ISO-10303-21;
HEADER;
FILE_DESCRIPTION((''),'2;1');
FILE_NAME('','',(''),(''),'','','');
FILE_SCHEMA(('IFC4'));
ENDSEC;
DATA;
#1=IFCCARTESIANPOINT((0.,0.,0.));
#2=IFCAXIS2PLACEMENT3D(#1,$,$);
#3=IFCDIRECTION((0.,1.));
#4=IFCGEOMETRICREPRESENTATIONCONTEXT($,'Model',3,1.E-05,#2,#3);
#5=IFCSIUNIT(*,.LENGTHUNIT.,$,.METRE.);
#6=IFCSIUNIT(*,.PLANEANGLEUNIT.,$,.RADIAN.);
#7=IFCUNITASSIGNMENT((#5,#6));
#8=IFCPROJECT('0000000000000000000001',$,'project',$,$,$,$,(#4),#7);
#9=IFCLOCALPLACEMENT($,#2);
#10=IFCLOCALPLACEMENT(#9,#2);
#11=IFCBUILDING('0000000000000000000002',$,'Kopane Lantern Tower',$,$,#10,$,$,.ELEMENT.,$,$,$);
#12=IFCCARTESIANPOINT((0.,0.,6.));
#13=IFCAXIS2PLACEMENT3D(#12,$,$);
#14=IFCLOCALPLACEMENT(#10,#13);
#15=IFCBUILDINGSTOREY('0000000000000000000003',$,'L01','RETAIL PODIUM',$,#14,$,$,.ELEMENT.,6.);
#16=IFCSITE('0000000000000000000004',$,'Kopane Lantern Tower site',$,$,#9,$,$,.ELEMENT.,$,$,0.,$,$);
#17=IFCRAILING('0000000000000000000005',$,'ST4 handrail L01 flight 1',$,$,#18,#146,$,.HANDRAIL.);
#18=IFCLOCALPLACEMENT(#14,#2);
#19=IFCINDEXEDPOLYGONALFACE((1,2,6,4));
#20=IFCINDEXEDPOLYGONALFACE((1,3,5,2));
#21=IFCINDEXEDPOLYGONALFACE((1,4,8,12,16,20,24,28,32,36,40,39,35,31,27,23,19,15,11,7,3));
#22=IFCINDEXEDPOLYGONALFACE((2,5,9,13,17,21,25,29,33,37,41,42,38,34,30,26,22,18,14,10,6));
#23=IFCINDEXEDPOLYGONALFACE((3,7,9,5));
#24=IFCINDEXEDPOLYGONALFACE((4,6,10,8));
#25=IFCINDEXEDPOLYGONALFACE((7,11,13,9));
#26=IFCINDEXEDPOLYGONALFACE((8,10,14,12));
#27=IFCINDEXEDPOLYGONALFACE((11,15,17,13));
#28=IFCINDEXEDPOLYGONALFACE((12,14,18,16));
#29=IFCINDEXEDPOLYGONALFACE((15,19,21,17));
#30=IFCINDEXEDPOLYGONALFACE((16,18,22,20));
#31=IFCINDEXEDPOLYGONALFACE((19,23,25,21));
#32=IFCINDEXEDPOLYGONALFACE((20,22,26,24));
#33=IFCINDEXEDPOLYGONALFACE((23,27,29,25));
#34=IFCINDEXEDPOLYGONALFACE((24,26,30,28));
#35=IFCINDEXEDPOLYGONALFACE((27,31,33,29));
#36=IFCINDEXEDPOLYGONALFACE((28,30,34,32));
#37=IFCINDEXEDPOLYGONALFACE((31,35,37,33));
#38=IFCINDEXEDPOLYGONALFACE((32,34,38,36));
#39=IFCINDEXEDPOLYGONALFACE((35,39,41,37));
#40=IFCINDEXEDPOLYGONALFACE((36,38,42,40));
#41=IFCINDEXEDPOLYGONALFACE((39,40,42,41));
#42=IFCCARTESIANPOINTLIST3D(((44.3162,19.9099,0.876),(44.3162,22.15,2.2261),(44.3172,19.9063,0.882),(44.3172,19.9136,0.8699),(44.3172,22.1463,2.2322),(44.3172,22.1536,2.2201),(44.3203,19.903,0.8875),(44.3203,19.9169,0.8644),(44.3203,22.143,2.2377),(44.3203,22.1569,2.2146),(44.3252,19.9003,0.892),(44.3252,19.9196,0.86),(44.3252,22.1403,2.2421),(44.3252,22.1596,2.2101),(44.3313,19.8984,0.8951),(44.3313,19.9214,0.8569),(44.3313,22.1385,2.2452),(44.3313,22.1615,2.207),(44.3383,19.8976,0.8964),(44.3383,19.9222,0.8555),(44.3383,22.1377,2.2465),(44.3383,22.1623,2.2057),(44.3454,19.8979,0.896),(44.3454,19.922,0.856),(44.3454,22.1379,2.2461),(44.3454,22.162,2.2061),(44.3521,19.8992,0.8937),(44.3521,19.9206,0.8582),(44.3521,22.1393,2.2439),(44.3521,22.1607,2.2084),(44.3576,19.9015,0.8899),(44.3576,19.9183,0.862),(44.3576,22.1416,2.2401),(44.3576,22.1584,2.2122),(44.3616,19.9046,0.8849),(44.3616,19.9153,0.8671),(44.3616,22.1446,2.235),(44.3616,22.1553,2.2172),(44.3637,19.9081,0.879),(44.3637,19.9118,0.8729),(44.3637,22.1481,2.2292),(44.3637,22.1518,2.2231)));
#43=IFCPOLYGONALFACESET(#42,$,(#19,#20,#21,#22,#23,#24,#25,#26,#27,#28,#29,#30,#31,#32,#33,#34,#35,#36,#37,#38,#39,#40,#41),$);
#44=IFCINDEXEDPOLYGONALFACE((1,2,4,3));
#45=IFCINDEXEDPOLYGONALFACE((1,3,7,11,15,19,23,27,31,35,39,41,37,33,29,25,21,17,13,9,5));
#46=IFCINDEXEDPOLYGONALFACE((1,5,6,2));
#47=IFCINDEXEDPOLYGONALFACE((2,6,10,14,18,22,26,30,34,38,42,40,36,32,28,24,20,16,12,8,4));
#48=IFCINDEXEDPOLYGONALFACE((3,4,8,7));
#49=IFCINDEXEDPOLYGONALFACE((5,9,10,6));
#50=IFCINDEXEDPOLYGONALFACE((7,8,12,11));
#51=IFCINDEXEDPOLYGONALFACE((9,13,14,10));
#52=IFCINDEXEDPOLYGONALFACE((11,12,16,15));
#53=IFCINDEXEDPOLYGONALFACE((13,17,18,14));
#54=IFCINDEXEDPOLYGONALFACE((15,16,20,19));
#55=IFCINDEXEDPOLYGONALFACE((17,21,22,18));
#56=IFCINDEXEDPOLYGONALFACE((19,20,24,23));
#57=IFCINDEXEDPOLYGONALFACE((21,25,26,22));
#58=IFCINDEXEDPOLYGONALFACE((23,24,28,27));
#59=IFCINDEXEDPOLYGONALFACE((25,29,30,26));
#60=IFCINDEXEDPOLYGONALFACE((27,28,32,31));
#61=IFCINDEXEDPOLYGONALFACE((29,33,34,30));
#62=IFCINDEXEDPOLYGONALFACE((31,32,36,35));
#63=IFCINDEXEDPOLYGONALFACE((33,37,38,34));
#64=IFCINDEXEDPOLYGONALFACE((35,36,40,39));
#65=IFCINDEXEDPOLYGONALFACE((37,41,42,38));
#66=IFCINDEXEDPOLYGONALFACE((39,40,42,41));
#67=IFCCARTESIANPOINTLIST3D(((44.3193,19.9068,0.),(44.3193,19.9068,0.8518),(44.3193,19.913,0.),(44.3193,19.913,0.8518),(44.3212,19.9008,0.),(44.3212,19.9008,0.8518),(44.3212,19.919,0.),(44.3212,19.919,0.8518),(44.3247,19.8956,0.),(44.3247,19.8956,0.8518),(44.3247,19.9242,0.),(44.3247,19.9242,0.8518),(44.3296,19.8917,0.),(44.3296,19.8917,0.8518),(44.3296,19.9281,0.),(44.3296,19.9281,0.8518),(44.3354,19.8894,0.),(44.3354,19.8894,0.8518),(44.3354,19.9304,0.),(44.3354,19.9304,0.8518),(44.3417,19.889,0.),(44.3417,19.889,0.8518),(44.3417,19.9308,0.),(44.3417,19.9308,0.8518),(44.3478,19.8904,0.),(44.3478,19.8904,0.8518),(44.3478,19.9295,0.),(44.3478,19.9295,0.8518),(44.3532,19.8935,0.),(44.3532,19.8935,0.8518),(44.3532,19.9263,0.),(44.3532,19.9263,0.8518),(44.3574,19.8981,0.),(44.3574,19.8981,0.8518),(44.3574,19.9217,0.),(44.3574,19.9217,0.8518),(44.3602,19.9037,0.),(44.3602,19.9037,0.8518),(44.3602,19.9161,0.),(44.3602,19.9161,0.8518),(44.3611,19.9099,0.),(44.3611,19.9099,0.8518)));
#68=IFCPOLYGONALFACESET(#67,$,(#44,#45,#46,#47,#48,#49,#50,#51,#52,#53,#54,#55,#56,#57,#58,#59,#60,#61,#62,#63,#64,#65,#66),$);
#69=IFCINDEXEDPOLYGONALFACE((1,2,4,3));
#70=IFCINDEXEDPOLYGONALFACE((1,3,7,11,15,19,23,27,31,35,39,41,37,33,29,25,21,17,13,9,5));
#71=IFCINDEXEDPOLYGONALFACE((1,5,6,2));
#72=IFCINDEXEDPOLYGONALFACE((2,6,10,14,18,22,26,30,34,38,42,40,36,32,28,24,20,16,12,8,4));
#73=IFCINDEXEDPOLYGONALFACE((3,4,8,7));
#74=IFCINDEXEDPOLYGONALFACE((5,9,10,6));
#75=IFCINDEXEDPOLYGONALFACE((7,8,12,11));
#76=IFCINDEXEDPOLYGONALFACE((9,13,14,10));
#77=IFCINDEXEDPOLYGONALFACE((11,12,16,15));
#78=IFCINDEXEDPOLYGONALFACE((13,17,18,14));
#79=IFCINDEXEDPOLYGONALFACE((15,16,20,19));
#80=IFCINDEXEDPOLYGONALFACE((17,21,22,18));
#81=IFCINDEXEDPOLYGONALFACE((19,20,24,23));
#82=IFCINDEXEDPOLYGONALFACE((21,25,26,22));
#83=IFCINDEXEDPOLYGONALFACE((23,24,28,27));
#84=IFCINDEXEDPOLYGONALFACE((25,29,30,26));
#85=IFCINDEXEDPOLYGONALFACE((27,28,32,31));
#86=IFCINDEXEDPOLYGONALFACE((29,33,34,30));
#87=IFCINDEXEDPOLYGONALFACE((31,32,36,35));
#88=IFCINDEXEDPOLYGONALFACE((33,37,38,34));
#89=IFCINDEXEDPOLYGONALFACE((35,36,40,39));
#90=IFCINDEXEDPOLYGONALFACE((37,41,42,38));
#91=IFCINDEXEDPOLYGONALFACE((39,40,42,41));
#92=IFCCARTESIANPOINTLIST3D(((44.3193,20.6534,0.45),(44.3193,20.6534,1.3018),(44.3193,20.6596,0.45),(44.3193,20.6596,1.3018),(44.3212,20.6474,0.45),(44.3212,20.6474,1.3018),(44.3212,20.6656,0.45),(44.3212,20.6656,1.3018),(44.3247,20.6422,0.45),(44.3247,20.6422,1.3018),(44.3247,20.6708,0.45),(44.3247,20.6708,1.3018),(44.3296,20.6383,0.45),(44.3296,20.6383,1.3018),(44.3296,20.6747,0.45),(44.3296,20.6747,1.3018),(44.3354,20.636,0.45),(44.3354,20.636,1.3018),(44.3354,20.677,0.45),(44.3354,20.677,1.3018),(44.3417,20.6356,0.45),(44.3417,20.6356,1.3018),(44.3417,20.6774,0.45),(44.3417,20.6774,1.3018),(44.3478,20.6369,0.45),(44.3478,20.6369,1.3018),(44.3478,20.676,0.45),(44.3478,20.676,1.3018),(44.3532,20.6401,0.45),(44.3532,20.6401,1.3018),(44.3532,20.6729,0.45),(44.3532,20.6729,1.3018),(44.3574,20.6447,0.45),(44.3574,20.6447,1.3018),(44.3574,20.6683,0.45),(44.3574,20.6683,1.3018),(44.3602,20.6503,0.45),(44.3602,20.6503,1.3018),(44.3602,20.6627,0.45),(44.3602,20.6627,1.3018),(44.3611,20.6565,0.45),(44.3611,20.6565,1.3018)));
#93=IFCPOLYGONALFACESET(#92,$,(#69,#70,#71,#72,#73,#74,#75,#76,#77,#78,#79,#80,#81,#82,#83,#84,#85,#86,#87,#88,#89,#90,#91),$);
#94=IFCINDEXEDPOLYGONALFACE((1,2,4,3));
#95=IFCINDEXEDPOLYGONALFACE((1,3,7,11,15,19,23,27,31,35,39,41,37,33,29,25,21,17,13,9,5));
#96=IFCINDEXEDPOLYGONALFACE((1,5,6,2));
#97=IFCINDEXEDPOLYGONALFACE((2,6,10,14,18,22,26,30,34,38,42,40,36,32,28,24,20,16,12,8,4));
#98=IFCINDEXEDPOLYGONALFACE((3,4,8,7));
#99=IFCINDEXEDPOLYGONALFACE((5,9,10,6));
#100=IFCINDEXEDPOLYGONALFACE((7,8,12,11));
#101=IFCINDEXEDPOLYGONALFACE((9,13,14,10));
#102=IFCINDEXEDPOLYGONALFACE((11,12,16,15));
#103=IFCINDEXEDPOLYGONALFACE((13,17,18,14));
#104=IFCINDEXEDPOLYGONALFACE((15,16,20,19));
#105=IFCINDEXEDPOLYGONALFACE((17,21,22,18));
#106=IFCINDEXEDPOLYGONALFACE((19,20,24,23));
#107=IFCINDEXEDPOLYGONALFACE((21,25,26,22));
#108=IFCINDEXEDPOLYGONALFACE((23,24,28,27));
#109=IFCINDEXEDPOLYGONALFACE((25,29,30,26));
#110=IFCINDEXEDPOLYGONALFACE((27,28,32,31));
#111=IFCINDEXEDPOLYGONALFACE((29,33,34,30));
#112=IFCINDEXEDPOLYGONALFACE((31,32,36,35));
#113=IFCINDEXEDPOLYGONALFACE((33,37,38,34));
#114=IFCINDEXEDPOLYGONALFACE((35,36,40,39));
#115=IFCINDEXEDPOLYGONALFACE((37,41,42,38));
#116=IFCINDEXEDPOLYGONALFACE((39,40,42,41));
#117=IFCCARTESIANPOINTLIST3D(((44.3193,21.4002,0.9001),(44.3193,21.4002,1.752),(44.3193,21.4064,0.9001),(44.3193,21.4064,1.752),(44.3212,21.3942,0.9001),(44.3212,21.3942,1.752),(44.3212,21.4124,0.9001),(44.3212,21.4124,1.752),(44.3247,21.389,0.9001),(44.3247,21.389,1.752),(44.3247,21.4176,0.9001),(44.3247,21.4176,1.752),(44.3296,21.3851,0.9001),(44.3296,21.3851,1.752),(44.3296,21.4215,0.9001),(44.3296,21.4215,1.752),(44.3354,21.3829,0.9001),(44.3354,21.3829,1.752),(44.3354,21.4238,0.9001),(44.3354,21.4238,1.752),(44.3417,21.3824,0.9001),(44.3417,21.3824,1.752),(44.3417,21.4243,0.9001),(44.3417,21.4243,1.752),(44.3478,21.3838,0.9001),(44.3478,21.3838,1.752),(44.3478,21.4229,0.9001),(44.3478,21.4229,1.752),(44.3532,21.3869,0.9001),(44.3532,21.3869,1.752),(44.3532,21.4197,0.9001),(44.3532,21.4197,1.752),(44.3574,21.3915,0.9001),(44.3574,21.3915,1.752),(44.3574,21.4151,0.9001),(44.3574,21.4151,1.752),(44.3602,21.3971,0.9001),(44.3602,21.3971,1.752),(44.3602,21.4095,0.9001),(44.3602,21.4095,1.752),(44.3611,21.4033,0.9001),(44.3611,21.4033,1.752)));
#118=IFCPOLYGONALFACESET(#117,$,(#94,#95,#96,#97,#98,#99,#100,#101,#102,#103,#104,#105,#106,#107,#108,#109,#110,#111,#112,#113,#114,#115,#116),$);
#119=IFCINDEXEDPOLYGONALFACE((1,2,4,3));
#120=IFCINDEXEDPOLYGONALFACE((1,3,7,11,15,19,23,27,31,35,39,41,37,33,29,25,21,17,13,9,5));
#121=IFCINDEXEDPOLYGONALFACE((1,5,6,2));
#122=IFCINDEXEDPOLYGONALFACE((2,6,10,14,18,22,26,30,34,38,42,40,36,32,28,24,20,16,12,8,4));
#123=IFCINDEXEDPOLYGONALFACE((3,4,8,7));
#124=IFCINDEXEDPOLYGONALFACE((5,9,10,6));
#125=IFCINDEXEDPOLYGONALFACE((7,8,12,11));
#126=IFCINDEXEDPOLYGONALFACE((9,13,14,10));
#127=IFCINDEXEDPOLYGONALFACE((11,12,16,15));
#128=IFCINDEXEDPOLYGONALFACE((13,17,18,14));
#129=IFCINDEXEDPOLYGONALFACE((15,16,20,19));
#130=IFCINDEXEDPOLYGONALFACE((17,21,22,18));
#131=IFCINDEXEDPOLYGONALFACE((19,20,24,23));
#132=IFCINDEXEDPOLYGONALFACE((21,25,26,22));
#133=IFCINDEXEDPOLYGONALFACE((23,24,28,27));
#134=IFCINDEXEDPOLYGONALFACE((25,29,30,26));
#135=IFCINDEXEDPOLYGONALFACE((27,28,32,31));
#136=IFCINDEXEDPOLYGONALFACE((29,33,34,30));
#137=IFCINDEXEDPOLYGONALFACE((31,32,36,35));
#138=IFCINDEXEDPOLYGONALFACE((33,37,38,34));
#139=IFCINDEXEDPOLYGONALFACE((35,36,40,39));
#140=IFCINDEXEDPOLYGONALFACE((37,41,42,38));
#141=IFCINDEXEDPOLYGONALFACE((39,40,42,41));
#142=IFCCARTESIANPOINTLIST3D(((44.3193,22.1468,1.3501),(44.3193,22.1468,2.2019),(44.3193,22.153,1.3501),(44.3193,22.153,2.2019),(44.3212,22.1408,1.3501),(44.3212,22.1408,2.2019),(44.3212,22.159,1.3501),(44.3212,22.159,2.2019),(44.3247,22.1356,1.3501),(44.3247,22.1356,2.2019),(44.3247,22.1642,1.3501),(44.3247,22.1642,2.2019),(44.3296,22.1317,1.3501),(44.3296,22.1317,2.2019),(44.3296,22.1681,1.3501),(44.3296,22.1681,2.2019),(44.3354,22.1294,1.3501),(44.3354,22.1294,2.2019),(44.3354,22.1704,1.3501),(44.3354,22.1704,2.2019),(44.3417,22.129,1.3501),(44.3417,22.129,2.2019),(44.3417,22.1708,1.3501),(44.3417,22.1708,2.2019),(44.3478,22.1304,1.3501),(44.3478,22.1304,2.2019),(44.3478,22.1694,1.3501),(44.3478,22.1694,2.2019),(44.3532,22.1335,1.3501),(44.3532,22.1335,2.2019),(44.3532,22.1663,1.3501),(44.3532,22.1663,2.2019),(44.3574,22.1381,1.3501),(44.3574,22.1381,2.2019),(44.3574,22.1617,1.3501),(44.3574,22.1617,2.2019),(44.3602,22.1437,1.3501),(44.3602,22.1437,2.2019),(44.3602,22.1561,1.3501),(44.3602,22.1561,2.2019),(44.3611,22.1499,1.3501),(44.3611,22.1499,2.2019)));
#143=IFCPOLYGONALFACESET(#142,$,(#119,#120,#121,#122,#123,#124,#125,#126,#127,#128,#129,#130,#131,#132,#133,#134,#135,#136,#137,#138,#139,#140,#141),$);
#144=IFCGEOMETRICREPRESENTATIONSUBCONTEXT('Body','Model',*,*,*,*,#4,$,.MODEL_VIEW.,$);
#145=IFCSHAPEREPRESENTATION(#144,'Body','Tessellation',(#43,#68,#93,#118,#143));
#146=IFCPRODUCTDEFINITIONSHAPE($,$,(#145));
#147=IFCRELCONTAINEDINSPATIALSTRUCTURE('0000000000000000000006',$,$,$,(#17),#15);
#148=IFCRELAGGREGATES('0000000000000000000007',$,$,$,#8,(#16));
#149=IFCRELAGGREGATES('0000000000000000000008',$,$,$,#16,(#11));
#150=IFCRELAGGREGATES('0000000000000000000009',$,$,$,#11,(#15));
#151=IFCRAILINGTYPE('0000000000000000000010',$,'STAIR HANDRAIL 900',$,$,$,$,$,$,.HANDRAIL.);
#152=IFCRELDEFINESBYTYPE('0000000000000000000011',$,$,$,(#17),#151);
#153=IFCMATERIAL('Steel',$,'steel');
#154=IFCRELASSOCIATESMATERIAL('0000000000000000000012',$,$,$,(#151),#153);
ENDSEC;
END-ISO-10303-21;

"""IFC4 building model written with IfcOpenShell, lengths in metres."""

from ifc_helpers import new_model, si_unit, direction, frame, origin, origin_2d, place, context, subcontext, project, spatial, circle, extrude, material, type_object, element, save


model = new_model("IFC4")

# Units and contexts
model_context = context("Model", 3, precision=1e-05, world=origin(), true_north=direction((0.0, 1.0)))
body_context = subcontext(model_context, "Body", "Model", "MODEL_VIEW")
ifc_project = project(units=[si_unit("LENGTHUNIT", "METRE"), si_unit("PLANEANGLEUNIT", "RADIAN")], contexts=[model_context])

# Site, building, storey
site_placement = place(None, origin())
site = spatial("IfcSite", under=ifc_project, at=site_placement, Name="Kopane Lantern Tower site", CompositionType="ELEMENT", RefElevation=0.0)
building_placement = place(site_placement, origin())
building = spatial("IfcBuilding", under=site, at=building_placement, Name="Kopane Lantern Tower", CompositionType="ELEMENT")
storey_placement = place(building_placement, frame((0.0, 0.0, 6.0)))
storey = spatial("IfcBuildingStorey", under=building, at=storey_placement, Name="L01", Description="RETAIL PODIUM", CompositionType="ELEMENT", Elevation=6.0)

# Railing
ifc_material_1 = material(Name="Steel", Category="steel")
railing_type_1 = type_object("IfcRailingType", Name="STAIR HANDRAIL 900", PredefinedType="HANDRAIL", material=ifc_material_1)
for number, where, name in (
    (1, (44.3401, 19.9099, 0.0), "ST4 handrail L01 flight 1"),
):
    element("IfcRailing", number, at=place(storey_placement, frame(where)), inside=storey, type_object=railing_type_1, Name=name, PredefinedType="HANDRAIL", context=body_context, shape_type="SweptSolid", body=[
        extrude(circle(Radius=0.0239, at=origin_2d()), frame((0.0, 0.0, 0.876), z_axis=(0.0, 0.856462, 0.516211), x_axis=(-1.0, 0.0, 0.0)), (0.0, 0.0, 1.0), 2.6155),
        extrude(circle(Radius=0.021, at=origin_2d()), origin(), (0.0, 0.0, 1.0), 0.8518),
        extrude(circle(Radius=0.021, at=origin_2d()), frame((0.0, 0.7466, 0.45)), (0.0, 0.0, 1.0), 0.8518),
        extrude(circle(Radius=0.021, at=origin_2d()), frame((0.0, 1.4934, 0.9001)), (0.0, 0.0, 1.0), 0.8518),
        extrude(circle(Radius=0.021, at=origin_2d()), frame((0.0, 2.24, 1.3501)), (0.0, 0.0, 1.0), 0.8518),
    ])

save(model, "model.ifc")
